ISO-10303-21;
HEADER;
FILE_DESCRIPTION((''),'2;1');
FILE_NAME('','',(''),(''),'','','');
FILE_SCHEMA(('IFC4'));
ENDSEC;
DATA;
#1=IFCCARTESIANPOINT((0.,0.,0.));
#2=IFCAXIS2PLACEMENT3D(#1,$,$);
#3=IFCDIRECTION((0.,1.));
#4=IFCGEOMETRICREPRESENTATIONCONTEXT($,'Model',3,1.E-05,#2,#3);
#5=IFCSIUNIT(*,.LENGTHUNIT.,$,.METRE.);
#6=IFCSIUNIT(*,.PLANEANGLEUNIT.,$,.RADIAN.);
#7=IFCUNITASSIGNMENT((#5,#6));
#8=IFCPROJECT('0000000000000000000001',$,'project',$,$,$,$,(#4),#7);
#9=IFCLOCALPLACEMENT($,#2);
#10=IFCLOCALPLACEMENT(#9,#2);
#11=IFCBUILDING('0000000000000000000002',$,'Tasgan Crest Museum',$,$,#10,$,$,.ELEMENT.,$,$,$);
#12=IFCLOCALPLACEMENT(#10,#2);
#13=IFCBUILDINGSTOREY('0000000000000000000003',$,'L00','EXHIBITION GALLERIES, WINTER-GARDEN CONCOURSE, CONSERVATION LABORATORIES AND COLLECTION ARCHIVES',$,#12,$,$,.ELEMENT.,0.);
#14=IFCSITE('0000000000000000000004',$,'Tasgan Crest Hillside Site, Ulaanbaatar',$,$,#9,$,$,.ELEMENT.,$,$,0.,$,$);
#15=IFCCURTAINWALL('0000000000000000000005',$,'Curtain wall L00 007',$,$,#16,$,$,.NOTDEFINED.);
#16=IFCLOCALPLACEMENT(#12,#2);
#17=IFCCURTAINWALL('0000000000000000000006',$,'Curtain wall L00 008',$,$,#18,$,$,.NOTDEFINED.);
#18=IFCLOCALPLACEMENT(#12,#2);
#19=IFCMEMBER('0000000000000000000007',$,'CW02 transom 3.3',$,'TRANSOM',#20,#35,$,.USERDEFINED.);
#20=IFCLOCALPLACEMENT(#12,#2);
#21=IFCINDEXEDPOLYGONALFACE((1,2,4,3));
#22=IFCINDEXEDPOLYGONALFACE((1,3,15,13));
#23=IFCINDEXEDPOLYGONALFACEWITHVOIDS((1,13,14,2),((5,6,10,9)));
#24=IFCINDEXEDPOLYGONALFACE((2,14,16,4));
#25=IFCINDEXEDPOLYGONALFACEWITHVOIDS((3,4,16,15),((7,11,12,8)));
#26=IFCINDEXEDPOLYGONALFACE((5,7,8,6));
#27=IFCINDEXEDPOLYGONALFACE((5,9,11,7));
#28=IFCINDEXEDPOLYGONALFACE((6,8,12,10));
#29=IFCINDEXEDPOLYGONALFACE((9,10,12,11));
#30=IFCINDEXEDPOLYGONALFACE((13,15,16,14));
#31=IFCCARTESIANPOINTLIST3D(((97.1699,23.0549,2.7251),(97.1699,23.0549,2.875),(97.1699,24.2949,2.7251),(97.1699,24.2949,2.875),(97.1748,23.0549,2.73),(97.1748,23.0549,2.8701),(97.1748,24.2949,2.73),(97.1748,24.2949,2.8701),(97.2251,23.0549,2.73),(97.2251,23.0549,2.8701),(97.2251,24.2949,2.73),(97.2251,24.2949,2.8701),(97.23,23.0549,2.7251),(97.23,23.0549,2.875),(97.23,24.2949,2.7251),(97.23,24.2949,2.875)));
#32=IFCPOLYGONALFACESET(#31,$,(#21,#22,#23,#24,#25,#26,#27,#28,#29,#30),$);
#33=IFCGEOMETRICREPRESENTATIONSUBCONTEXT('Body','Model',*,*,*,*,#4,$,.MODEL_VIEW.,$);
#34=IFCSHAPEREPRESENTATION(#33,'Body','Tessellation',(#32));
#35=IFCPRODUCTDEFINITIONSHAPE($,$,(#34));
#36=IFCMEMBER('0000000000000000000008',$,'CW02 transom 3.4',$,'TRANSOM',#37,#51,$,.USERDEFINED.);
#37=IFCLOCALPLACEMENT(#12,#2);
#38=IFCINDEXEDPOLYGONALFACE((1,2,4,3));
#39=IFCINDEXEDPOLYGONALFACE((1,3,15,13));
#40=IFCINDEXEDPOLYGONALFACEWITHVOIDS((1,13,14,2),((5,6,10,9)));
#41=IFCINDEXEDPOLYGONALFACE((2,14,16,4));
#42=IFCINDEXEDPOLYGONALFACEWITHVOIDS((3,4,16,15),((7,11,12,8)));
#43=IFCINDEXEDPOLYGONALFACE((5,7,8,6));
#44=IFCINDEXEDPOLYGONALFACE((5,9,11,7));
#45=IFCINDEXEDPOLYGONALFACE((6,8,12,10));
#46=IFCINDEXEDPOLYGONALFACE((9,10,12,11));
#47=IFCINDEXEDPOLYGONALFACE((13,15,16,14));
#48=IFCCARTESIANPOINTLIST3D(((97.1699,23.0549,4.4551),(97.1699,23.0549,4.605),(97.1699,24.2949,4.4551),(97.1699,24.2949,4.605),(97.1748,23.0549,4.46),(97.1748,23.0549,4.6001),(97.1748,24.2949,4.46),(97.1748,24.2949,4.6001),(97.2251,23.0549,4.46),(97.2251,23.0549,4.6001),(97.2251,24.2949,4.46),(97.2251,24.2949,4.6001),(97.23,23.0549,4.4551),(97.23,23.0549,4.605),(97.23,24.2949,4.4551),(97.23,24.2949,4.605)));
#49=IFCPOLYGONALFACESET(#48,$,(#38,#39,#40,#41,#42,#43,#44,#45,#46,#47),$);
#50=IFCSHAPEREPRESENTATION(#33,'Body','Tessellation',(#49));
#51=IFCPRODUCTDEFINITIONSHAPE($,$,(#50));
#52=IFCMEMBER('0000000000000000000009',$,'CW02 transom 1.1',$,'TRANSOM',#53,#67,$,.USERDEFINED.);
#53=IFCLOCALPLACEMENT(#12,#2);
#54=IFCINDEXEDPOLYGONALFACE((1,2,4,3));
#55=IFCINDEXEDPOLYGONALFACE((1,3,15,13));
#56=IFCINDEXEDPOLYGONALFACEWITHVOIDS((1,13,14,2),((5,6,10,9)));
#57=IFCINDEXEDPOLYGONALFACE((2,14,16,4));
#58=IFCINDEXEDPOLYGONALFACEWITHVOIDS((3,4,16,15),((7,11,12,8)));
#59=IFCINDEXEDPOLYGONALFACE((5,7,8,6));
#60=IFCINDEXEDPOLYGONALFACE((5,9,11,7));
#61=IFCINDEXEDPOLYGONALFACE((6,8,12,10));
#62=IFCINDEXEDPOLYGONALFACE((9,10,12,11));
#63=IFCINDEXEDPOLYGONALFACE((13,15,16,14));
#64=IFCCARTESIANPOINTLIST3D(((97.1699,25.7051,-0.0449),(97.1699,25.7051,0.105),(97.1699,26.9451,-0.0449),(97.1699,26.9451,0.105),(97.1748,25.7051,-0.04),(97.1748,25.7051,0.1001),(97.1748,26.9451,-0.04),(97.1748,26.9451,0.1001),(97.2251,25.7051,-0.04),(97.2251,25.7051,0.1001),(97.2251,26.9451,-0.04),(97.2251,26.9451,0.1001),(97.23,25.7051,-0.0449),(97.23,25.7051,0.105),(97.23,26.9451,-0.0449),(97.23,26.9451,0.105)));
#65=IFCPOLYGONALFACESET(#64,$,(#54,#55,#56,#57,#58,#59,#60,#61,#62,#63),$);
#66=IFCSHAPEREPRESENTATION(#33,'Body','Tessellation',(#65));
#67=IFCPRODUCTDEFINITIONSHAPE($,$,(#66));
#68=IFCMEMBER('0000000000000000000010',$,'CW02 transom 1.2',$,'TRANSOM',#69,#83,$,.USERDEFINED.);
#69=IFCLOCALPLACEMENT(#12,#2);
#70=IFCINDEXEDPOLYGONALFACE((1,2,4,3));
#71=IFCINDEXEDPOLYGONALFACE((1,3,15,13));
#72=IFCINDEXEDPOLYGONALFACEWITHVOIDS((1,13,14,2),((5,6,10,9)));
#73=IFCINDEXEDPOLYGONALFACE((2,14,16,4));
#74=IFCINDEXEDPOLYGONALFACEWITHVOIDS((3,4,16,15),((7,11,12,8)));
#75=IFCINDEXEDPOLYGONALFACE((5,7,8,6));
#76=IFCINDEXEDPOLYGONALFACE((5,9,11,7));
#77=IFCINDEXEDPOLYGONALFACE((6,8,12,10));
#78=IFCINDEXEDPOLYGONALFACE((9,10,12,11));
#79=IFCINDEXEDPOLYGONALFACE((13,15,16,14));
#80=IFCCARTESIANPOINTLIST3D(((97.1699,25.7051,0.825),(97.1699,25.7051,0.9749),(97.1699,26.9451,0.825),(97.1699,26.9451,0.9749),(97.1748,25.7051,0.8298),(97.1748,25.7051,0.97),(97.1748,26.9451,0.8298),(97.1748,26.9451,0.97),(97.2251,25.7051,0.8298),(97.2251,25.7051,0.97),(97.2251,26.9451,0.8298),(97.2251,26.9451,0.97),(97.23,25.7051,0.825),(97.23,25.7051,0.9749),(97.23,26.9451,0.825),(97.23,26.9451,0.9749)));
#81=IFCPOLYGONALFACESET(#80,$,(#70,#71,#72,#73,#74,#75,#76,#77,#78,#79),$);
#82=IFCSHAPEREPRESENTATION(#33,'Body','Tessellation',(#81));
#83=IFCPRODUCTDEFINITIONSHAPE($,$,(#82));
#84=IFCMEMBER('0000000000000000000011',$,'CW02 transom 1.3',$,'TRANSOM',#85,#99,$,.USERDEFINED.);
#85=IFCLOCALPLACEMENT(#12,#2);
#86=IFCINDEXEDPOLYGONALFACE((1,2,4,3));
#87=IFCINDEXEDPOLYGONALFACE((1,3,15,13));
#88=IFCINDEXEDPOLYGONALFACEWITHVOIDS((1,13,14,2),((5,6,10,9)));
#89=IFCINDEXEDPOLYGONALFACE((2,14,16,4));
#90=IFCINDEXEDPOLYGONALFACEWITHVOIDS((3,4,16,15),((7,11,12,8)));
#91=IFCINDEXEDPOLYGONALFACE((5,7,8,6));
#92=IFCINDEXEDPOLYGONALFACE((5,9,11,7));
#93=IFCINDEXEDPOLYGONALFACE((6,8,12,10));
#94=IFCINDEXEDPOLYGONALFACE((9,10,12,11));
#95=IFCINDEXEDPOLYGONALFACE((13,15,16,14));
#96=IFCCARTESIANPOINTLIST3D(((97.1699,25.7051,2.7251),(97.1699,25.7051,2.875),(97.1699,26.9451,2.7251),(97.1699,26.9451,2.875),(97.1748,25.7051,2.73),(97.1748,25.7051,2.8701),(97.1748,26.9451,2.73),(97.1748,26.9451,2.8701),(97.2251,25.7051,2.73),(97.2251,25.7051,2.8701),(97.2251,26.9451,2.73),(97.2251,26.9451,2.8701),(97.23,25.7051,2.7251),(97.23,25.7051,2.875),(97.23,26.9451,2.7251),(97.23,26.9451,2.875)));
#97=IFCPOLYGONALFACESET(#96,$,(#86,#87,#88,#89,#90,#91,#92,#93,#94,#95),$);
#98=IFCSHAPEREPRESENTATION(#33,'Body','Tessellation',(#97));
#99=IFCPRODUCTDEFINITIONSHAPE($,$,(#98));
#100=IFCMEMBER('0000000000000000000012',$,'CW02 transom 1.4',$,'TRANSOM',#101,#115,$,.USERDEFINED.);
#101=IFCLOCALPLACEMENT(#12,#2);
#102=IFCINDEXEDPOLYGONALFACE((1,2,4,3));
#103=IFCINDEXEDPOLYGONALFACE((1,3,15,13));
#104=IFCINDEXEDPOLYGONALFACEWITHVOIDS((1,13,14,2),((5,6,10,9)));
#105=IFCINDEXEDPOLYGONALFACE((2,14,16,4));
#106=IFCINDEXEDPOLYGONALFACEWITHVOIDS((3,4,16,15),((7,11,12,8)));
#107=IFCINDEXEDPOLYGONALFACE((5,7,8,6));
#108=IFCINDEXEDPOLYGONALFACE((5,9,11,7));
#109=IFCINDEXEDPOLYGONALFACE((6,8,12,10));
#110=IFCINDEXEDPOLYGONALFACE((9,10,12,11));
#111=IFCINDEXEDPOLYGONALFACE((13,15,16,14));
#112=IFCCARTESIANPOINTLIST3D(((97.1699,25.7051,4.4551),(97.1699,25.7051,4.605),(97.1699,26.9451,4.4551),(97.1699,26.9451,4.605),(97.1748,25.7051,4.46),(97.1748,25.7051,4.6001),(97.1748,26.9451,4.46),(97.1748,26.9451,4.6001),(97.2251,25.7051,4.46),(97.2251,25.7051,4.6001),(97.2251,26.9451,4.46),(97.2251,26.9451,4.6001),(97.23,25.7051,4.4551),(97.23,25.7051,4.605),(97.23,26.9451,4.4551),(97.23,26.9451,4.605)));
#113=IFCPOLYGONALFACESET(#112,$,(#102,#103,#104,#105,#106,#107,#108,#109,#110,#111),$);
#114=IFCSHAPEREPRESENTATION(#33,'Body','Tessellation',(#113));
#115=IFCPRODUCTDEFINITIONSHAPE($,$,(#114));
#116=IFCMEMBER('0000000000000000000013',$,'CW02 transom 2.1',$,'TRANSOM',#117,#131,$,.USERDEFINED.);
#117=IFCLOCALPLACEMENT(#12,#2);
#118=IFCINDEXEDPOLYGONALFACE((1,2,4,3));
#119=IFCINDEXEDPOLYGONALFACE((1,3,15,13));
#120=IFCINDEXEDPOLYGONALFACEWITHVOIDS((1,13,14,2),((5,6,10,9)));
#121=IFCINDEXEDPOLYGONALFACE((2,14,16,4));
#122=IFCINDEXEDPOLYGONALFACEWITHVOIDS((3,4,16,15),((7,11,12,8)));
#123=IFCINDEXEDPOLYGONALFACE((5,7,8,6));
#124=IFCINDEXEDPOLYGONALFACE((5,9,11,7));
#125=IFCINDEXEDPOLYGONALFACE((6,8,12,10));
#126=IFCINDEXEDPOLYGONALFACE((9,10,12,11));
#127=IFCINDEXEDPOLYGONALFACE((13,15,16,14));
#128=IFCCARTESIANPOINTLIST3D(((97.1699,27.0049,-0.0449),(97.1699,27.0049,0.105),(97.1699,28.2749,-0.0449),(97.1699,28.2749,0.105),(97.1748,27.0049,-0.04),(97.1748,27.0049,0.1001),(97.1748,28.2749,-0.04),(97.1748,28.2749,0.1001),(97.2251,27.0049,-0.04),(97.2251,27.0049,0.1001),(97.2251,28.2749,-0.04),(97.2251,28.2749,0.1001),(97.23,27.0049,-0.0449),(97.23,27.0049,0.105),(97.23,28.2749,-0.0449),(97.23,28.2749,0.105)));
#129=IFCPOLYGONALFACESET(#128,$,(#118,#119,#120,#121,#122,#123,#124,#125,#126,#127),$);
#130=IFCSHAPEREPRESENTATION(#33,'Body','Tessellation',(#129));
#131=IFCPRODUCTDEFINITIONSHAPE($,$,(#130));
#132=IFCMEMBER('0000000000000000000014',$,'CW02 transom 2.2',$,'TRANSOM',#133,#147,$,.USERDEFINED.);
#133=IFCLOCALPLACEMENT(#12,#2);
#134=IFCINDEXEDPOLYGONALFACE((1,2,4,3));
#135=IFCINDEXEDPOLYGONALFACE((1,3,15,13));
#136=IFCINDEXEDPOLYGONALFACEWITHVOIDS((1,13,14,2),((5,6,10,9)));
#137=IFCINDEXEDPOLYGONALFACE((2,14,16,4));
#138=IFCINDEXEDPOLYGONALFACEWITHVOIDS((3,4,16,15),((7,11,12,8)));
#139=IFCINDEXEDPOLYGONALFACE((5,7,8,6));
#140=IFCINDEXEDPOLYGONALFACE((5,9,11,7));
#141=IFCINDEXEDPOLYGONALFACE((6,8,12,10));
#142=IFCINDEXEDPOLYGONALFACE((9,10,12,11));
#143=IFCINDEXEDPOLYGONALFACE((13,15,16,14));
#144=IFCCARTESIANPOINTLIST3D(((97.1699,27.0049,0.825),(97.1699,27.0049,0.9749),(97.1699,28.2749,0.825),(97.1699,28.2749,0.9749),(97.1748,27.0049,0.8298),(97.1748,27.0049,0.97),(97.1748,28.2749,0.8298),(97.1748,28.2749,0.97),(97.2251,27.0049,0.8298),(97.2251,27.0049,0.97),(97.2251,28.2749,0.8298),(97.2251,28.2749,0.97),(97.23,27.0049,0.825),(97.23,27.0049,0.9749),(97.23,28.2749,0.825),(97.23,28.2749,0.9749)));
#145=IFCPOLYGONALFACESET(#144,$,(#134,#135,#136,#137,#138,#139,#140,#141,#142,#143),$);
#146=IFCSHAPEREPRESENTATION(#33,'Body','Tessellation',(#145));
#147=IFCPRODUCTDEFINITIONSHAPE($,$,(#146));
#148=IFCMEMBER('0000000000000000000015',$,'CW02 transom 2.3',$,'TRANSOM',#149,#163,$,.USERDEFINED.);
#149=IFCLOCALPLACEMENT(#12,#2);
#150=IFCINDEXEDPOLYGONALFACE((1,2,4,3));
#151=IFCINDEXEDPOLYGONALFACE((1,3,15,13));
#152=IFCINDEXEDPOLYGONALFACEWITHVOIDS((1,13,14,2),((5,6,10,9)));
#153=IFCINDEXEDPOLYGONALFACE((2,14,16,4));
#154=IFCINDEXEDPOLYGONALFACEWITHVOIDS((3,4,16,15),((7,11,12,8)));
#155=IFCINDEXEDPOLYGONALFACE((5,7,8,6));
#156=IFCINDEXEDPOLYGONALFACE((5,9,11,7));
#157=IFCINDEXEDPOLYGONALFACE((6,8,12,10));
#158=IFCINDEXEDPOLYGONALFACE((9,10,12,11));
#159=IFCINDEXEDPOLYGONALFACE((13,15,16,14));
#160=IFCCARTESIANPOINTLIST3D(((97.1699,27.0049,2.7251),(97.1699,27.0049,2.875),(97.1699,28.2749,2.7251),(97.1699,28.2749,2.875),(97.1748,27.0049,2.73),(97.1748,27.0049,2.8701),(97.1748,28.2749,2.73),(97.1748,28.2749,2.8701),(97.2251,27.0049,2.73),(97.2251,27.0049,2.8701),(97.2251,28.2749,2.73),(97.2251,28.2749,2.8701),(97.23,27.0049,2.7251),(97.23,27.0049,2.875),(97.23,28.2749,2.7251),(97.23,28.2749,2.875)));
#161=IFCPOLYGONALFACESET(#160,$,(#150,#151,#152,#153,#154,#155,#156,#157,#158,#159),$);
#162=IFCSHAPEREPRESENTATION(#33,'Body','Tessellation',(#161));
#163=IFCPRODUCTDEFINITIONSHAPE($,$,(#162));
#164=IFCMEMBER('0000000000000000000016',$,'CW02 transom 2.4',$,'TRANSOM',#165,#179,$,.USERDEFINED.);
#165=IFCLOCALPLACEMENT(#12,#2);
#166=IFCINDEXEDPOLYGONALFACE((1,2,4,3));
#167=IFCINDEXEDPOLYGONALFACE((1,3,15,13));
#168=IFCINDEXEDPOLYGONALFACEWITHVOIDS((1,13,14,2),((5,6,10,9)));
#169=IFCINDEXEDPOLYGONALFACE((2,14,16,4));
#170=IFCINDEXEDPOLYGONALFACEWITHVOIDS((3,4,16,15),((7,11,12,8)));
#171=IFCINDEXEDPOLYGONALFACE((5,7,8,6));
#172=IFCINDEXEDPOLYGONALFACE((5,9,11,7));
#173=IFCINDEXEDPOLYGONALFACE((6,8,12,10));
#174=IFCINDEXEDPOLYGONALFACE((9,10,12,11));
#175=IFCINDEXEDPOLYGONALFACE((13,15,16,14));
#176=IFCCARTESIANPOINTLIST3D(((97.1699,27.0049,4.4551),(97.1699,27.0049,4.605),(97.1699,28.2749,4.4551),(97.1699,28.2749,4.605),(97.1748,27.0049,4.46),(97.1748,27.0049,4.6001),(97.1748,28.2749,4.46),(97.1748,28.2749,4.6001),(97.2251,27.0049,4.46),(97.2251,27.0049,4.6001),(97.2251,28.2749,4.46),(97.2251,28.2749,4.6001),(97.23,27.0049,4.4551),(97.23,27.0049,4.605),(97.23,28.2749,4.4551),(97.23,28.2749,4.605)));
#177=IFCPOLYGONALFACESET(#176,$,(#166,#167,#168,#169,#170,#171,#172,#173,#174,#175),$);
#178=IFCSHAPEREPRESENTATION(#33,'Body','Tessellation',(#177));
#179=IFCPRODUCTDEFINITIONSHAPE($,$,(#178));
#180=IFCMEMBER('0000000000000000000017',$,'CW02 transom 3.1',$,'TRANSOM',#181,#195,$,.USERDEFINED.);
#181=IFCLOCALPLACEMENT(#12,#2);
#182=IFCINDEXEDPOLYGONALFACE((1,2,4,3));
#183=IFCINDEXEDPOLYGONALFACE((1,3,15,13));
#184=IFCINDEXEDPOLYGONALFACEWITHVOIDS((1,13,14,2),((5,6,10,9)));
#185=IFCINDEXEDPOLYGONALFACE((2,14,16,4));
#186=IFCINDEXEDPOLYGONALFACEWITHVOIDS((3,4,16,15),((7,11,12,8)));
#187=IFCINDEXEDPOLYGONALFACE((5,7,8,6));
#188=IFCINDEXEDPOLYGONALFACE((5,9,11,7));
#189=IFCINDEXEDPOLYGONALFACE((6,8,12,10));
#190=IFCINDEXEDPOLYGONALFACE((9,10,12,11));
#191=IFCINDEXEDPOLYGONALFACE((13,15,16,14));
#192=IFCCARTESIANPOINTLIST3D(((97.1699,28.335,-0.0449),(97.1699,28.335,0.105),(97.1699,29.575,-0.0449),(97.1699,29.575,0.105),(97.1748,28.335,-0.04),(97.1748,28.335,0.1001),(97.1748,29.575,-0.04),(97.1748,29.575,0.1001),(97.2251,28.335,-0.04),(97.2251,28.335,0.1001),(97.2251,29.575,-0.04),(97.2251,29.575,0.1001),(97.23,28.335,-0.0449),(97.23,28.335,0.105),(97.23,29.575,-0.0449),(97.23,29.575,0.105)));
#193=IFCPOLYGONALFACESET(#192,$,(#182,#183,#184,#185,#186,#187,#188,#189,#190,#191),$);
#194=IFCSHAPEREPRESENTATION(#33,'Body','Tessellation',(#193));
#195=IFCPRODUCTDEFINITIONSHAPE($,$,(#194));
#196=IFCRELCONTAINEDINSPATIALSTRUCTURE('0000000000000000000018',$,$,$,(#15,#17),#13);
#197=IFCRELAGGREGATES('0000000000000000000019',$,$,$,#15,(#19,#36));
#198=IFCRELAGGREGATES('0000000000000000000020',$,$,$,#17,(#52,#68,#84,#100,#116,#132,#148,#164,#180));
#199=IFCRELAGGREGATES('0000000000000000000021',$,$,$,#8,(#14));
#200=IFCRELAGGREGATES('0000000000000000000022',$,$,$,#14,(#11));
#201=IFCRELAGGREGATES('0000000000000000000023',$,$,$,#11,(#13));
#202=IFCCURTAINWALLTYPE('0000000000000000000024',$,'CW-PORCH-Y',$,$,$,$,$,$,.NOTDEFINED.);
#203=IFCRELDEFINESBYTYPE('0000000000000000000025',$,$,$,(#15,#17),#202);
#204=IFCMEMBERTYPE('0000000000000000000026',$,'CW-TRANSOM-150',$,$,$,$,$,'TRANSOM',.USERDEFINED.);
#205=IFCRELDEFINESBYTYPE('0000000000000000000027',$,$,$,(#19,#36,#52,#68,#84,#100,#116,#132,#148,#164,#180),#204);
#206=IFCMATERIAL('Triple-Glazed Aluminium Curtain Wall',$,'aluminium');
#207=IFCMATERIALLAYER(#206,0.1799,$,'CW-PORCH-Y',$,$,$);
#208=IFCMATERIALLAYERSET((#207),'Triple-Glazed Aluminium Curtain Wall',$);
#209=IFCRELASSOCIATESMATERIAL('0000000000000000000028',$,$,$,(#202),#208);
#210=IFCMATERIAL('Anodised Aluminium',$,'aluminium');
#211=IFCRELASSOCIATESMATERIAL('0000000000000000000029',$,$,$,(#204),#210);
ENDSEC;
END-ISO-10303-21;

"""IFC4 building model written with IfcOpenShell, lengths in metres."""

from ifc_helpers import new_model, si_unit, direction, frame, origin, origin_2d, place, context, subcontext, project, spatial, hollow_rectangle, extrude, material, layer, layer_set, material_profile, profile_set, type_object, element, aggregate, save


model = new_model("IFC4")

# Units and contexts
model_context = context("Model", 3, precision=1e-05, world=origin(), true_north=direction((0.0, 1.0)))
body_context = subcontext(model_context, "Body", "Model", "MODEL_VIEW")
ifc_project = project(units=[si_unit("LENGTHUNIT", "METRE"), si_unit("PLANEANGLEUNIT", "RADIAN")], contexts=[model_context])

# Site, building, storey
site_placement = place(None, origin())
site = spatial("IfcSite", under=ifc_project, at=site_placement, Name="Tasgan Crest Hillside Site, Ulaanbaatar", CompositionType="ELEMENT", RefElevation=0.0)
building_placement = place(site_placement, origin())
building = spatial("IfcBuilding", under=site, at=building_placement, Name="Tasgan Crest Museum", CompositionType="ELEMENT")
storey_placement = place(building_placement, origin())
storey = spatial("IfcBuildingStorey", under=building, at=storey_placement, Name="L00", Description="EXHIBITION GALLERIES, WINTER-GARDEN CONCOURSE, CONSERVATION LABORATORIES AND COLLECTION ARCHIVES", CompositionType="ELEMENT", Elevation=0.0)

# Curtain wall
ifc_material_1 = material(Name="Triple-Glazed Aluminium Curtain Wall", Category="aluminium")
ifc_layer_1 = layer(ifc_material_1, 0.1799, Name="CW-PORCH-Y")
ifc_layer_set_1 = layer_set([ifc_layer_1], Name="Triple-Glazed Aluminium Curtain Wall")
curtain_wall_type = type_object("IfcCurtainWallType", Name="CW-PORCH-Y", PredefinedType="NOTDEFINED", material=ifc_layer_set_1)
curtain_wall_1_placement = place(storey_placement, origin())
curtain_wall_1 = element("IfcCurtainWall", 1, at=curtain_wall_1_placement, inside=storey, type_object=curtain_wall_type, Name="Curtain wall L00 007", PredefinedType="NOTDEFINED")

# Curtain wall
curtain_wall_2_placement = place(storey_placement, origin())
curtain_wall_2 = element("IfcCurtainWall", 2, at=curtain_wall_2_placement, inside=storey, type_object=curtain_wall_type, Name="Curtain wall L00 008", PredefinedType="NOTDEFINED")

# Members
ifc_material_2 = material(Name="Anodised Aluminium", Category="aluminium")
ifc_material_profile_1 = material_profile(ifc_material_2, hollow_rectangle(XDim=0.0601, YDim=0.1499, WallThickness=0.0049, at=origin_2d()), Name="ALU TRANSOM 150x60x5")
ifc_profile_set_1 = profile_set([ifc_material_profile_1], Name="Anodised Aluminium")
member_type_1 = type_object("IfcMemberType", Name="CW-TRANSOM-150", ElementType="TRANSOM", PredefinedType="USERDEFINED", material=ifc_profile_set_1)
member_1_placement = place(storey_placement, frame((97.2, 23.0549, 2.8), z_axis=(0.0, 1.0, 0.0), x_axis=(-1.0, 0.0, 0.0)))
member_1 = element("IfcMember", 3, at=member_1_placement, type_object=member_type_1, Name="CW02 transom 3.3", ObjectType="TRANSOM", PredefinedType="USERDEFINED", context=body_context, shape_type="SweptSolid", body=[
    extrude(hollow_rectangle(XDim=0.0601, YDim=0.1499, WallThickness=0.0049, at=origin_2d()), origin(), (0.0, 0.0, 1.0), 1.24),
])
member_2_placement = place(storey_placement, frame((97.2, 23.0549, 4.53), z_axis=(0.0, 1.0, 0.0), x_axis=(-1.0, 0.0, 0.0)))
member_2 = element("IfcMember", 4, at=member_2_placement, type_object=member_type_1, Name="CW02 transom 3.4", ObjectType="TRANSOM", PredefinedType="USERDEFINED", context=body_context, shape_type="SweptSolid", body=[
    extrude(hollow_rectangle(XDim=0.0601, YDim=0.1499, WallThickness=0.0049, at=origin_2d()), origin(), (0.0, 0.0, 1.0), 1.24),
])
member_3_placement = place(storey_placement, frame((97.2, 25.7051, 0.03), z_axis=(0.0, 1.0, 0.0), x_axis=(-1.0, 0.0, 0.0)))
member_3 = element("IfcMember", 5, at=member_3_placement, type_object=member_type_1, Name="CW02 transom 1.1", ObjectType="TRANSOM", PredefinedType="USERDEFINED", context=body_context, shape_type="SweptSolid", body=[
    extrude(hollow_rectangle(XDim=0.0601, YDim=0.1499, WallThickness=0.0049, at=origin_2d()), origin(), (0.0, 0.0, 1.0), 1.24),
])
member_4_placement = place(storey_placement, frame((97.2, 25.7051, 0.8999), z_axis=(0.0, 1.0, 0.0), x_axis=(-1.0, 0.0, 0.0)))
member_4 = element("IfcMember", 6, at=member_4_placement, type_object=member_type_1, Name="CW02 transom 1.2", ObjectType="TRANSOM", PredefinedType="USERDEFINED", context=body_context, shape_type="SweptSolid", body=[
    extrude(hollow_rectangle(XDim=0.0601, YDim=0.1499, WallThickness=0.0049, at=origin_2d()), origin(), (0.0, 0.0, 1.0), 1.24),
])
member_5_placement = place(storey_placement, frame((97.2, 25.7051, 2.8), z_axis=(0.0, 1.0, 0.0), x_axis=(-1.0, 0.0, 0.0)))
member_5 = element("IfcMember", 7, at=member_5_placement, type_object=member_type_1, Name="CW02 transom 1.3", ObjectType="TRANSOM", PredefinedType="USERDEFINED", context=body_context, shape_type="SweptSolid", body=[
    extrude(hollow_rectangle(XDim=0.0601, YDim=0.1499, WallThickness=0.0049, at=origin_2d()), origin(), (0.0, 0.0, 1.0), 1.24),
])
member_6_placement = place(storey_placement, frame((97.2, 25.7051, 4.53), z_axis=(0.0, 1.0, 0.0), x_axis=(-1.0, 0.0, 0.0)))
member_6 = element("IfcMember", 8, at=member_6_placement, type_object=member_type_1, Name="CW02 transom 1.4", ObjectType="TRANSOM", PredefinedType="USERDEFINED", context=body_context, shape_type="SweptSolid", body=[
    extrude(hollow_rectangle(XDim=0.0601, YDim=0.1499, WallThickness=0.0049, at=origin_2d()), origin(), (0.0, 0.0, 1.0), 1.24),
])
member_7_placement = place(storey_placement, frame((97.2, 27.0049, 0.03), z_axis=(0.0, 1.0, 0.0), x_axis=(-1.0, 0.0, 0.0)))
member_7 = element("IfcMember", 9, at=member_7_placement, type_object=member_type_1, Name="CW02 transom 2.1", ObjectType="TRANSOM", PredefinedType="USERDEFINED", context=body_context, shape_type="SweptSolid", body=[
    extrude(hollow_rectangle(XDim=0.0601, YDim=0.1499, WallThickness=0.0049, at=origin_2d()), origin(), (0.0, 0.0, 1.0), 1.27),
])
member_8_placement = place(storey_placement, frame((97.2, 27.0049, 0.8999), z_axis=(0.0, 1.0, 0.0), x_axis=(-1.0, 0.0, 0.0)))
member_8 = element("IfcMember", 10, at=member_8_placement, type_object=member_type_1, Name="CW02 transom 2.2", ObjectType="TRANSOM", PredefinedType="USERDEFINED", context=body_context, shape_type="SweptSolid", body=[
    extrude(hollow_rectangle(XDim=0.0601, YDim=0.1499, WallThickness=0.0049, at=origin_2d()), origin(), (0.0, 0.0, 1.0), 1.27),
])
member_9_placement = place(storey_placement, frame((97.2, 27.0049, 2.8), z_axis=(0.0, 1.0, 0.0), x_axis=(-1.0, 0.0, 0.0)))
member_9 = element("IfcMember", 11, at=member_9_placement, type_object=member_type_1, Name="CW02 transom 2.3", ObjectType="TRANSOM", PredefinedType="USERDEFINED", context=body_context, shape_type="SweptSolid", body=[
    extrude(hollow_rectangle(XDim=0.0601, YDim=0.1499, WallThickness=0.0049, at=origin_2d()), origin(), (0.0, 0.0, 1.0), 1.27),
])
member_10_placement = place(storey_placement, frame((97.2, 27.0049, 4.53), z_axis=(0.0, 1.0, 0.0), x_axis=(-1.0, 0.0, 0.0)))
member_10 = element("IfcMember", 12, at=member_10_placement, type_object=member_type_1, Name="CW02 transom 2.4", ObjectType="TRANSOM", PredefinedType="USERDEFINED", context=body_context, shape_type="SweptSolid", body=[
    extrude(hollow_rectangle(XDim=0.0601, YDim=0.1499, WallThickness=0.0049, at=origin_2d()), origin(), (0.0, 0.0, 1.0), 1.27),
])
member_11_placement = place(storey_placement, frame((97.2, 28.335, 0.03), z_axis=(0.0, 1.0, 0.0), x_axis=(-1.0, 0.0, 0.0)))
member_11 = element("IfcMember", 13, at=member_11_placement, type_object=member_type_1, Name="CW02 transom 3.1", ObjectType="TRANSOM", PredefinedType="USERDEFINED", context=body_context, shape_type="SweptSolid", body=[
    extrude(hollow_rectangle(XDim=0.0601, YDim=0.1499, WallThickness=0.0049, at=origin_2d()), origin(), (0.0, 0.0, 1.0), 1.24),
])

aggregate(curtain_wall_1, [member_1, member_2])
aggregate(curtain_wall_2, [member_3, member_4, member_5, member_6, member_7, member_8, member_9, member_10, member_11])

save(model, "model.ifc")
